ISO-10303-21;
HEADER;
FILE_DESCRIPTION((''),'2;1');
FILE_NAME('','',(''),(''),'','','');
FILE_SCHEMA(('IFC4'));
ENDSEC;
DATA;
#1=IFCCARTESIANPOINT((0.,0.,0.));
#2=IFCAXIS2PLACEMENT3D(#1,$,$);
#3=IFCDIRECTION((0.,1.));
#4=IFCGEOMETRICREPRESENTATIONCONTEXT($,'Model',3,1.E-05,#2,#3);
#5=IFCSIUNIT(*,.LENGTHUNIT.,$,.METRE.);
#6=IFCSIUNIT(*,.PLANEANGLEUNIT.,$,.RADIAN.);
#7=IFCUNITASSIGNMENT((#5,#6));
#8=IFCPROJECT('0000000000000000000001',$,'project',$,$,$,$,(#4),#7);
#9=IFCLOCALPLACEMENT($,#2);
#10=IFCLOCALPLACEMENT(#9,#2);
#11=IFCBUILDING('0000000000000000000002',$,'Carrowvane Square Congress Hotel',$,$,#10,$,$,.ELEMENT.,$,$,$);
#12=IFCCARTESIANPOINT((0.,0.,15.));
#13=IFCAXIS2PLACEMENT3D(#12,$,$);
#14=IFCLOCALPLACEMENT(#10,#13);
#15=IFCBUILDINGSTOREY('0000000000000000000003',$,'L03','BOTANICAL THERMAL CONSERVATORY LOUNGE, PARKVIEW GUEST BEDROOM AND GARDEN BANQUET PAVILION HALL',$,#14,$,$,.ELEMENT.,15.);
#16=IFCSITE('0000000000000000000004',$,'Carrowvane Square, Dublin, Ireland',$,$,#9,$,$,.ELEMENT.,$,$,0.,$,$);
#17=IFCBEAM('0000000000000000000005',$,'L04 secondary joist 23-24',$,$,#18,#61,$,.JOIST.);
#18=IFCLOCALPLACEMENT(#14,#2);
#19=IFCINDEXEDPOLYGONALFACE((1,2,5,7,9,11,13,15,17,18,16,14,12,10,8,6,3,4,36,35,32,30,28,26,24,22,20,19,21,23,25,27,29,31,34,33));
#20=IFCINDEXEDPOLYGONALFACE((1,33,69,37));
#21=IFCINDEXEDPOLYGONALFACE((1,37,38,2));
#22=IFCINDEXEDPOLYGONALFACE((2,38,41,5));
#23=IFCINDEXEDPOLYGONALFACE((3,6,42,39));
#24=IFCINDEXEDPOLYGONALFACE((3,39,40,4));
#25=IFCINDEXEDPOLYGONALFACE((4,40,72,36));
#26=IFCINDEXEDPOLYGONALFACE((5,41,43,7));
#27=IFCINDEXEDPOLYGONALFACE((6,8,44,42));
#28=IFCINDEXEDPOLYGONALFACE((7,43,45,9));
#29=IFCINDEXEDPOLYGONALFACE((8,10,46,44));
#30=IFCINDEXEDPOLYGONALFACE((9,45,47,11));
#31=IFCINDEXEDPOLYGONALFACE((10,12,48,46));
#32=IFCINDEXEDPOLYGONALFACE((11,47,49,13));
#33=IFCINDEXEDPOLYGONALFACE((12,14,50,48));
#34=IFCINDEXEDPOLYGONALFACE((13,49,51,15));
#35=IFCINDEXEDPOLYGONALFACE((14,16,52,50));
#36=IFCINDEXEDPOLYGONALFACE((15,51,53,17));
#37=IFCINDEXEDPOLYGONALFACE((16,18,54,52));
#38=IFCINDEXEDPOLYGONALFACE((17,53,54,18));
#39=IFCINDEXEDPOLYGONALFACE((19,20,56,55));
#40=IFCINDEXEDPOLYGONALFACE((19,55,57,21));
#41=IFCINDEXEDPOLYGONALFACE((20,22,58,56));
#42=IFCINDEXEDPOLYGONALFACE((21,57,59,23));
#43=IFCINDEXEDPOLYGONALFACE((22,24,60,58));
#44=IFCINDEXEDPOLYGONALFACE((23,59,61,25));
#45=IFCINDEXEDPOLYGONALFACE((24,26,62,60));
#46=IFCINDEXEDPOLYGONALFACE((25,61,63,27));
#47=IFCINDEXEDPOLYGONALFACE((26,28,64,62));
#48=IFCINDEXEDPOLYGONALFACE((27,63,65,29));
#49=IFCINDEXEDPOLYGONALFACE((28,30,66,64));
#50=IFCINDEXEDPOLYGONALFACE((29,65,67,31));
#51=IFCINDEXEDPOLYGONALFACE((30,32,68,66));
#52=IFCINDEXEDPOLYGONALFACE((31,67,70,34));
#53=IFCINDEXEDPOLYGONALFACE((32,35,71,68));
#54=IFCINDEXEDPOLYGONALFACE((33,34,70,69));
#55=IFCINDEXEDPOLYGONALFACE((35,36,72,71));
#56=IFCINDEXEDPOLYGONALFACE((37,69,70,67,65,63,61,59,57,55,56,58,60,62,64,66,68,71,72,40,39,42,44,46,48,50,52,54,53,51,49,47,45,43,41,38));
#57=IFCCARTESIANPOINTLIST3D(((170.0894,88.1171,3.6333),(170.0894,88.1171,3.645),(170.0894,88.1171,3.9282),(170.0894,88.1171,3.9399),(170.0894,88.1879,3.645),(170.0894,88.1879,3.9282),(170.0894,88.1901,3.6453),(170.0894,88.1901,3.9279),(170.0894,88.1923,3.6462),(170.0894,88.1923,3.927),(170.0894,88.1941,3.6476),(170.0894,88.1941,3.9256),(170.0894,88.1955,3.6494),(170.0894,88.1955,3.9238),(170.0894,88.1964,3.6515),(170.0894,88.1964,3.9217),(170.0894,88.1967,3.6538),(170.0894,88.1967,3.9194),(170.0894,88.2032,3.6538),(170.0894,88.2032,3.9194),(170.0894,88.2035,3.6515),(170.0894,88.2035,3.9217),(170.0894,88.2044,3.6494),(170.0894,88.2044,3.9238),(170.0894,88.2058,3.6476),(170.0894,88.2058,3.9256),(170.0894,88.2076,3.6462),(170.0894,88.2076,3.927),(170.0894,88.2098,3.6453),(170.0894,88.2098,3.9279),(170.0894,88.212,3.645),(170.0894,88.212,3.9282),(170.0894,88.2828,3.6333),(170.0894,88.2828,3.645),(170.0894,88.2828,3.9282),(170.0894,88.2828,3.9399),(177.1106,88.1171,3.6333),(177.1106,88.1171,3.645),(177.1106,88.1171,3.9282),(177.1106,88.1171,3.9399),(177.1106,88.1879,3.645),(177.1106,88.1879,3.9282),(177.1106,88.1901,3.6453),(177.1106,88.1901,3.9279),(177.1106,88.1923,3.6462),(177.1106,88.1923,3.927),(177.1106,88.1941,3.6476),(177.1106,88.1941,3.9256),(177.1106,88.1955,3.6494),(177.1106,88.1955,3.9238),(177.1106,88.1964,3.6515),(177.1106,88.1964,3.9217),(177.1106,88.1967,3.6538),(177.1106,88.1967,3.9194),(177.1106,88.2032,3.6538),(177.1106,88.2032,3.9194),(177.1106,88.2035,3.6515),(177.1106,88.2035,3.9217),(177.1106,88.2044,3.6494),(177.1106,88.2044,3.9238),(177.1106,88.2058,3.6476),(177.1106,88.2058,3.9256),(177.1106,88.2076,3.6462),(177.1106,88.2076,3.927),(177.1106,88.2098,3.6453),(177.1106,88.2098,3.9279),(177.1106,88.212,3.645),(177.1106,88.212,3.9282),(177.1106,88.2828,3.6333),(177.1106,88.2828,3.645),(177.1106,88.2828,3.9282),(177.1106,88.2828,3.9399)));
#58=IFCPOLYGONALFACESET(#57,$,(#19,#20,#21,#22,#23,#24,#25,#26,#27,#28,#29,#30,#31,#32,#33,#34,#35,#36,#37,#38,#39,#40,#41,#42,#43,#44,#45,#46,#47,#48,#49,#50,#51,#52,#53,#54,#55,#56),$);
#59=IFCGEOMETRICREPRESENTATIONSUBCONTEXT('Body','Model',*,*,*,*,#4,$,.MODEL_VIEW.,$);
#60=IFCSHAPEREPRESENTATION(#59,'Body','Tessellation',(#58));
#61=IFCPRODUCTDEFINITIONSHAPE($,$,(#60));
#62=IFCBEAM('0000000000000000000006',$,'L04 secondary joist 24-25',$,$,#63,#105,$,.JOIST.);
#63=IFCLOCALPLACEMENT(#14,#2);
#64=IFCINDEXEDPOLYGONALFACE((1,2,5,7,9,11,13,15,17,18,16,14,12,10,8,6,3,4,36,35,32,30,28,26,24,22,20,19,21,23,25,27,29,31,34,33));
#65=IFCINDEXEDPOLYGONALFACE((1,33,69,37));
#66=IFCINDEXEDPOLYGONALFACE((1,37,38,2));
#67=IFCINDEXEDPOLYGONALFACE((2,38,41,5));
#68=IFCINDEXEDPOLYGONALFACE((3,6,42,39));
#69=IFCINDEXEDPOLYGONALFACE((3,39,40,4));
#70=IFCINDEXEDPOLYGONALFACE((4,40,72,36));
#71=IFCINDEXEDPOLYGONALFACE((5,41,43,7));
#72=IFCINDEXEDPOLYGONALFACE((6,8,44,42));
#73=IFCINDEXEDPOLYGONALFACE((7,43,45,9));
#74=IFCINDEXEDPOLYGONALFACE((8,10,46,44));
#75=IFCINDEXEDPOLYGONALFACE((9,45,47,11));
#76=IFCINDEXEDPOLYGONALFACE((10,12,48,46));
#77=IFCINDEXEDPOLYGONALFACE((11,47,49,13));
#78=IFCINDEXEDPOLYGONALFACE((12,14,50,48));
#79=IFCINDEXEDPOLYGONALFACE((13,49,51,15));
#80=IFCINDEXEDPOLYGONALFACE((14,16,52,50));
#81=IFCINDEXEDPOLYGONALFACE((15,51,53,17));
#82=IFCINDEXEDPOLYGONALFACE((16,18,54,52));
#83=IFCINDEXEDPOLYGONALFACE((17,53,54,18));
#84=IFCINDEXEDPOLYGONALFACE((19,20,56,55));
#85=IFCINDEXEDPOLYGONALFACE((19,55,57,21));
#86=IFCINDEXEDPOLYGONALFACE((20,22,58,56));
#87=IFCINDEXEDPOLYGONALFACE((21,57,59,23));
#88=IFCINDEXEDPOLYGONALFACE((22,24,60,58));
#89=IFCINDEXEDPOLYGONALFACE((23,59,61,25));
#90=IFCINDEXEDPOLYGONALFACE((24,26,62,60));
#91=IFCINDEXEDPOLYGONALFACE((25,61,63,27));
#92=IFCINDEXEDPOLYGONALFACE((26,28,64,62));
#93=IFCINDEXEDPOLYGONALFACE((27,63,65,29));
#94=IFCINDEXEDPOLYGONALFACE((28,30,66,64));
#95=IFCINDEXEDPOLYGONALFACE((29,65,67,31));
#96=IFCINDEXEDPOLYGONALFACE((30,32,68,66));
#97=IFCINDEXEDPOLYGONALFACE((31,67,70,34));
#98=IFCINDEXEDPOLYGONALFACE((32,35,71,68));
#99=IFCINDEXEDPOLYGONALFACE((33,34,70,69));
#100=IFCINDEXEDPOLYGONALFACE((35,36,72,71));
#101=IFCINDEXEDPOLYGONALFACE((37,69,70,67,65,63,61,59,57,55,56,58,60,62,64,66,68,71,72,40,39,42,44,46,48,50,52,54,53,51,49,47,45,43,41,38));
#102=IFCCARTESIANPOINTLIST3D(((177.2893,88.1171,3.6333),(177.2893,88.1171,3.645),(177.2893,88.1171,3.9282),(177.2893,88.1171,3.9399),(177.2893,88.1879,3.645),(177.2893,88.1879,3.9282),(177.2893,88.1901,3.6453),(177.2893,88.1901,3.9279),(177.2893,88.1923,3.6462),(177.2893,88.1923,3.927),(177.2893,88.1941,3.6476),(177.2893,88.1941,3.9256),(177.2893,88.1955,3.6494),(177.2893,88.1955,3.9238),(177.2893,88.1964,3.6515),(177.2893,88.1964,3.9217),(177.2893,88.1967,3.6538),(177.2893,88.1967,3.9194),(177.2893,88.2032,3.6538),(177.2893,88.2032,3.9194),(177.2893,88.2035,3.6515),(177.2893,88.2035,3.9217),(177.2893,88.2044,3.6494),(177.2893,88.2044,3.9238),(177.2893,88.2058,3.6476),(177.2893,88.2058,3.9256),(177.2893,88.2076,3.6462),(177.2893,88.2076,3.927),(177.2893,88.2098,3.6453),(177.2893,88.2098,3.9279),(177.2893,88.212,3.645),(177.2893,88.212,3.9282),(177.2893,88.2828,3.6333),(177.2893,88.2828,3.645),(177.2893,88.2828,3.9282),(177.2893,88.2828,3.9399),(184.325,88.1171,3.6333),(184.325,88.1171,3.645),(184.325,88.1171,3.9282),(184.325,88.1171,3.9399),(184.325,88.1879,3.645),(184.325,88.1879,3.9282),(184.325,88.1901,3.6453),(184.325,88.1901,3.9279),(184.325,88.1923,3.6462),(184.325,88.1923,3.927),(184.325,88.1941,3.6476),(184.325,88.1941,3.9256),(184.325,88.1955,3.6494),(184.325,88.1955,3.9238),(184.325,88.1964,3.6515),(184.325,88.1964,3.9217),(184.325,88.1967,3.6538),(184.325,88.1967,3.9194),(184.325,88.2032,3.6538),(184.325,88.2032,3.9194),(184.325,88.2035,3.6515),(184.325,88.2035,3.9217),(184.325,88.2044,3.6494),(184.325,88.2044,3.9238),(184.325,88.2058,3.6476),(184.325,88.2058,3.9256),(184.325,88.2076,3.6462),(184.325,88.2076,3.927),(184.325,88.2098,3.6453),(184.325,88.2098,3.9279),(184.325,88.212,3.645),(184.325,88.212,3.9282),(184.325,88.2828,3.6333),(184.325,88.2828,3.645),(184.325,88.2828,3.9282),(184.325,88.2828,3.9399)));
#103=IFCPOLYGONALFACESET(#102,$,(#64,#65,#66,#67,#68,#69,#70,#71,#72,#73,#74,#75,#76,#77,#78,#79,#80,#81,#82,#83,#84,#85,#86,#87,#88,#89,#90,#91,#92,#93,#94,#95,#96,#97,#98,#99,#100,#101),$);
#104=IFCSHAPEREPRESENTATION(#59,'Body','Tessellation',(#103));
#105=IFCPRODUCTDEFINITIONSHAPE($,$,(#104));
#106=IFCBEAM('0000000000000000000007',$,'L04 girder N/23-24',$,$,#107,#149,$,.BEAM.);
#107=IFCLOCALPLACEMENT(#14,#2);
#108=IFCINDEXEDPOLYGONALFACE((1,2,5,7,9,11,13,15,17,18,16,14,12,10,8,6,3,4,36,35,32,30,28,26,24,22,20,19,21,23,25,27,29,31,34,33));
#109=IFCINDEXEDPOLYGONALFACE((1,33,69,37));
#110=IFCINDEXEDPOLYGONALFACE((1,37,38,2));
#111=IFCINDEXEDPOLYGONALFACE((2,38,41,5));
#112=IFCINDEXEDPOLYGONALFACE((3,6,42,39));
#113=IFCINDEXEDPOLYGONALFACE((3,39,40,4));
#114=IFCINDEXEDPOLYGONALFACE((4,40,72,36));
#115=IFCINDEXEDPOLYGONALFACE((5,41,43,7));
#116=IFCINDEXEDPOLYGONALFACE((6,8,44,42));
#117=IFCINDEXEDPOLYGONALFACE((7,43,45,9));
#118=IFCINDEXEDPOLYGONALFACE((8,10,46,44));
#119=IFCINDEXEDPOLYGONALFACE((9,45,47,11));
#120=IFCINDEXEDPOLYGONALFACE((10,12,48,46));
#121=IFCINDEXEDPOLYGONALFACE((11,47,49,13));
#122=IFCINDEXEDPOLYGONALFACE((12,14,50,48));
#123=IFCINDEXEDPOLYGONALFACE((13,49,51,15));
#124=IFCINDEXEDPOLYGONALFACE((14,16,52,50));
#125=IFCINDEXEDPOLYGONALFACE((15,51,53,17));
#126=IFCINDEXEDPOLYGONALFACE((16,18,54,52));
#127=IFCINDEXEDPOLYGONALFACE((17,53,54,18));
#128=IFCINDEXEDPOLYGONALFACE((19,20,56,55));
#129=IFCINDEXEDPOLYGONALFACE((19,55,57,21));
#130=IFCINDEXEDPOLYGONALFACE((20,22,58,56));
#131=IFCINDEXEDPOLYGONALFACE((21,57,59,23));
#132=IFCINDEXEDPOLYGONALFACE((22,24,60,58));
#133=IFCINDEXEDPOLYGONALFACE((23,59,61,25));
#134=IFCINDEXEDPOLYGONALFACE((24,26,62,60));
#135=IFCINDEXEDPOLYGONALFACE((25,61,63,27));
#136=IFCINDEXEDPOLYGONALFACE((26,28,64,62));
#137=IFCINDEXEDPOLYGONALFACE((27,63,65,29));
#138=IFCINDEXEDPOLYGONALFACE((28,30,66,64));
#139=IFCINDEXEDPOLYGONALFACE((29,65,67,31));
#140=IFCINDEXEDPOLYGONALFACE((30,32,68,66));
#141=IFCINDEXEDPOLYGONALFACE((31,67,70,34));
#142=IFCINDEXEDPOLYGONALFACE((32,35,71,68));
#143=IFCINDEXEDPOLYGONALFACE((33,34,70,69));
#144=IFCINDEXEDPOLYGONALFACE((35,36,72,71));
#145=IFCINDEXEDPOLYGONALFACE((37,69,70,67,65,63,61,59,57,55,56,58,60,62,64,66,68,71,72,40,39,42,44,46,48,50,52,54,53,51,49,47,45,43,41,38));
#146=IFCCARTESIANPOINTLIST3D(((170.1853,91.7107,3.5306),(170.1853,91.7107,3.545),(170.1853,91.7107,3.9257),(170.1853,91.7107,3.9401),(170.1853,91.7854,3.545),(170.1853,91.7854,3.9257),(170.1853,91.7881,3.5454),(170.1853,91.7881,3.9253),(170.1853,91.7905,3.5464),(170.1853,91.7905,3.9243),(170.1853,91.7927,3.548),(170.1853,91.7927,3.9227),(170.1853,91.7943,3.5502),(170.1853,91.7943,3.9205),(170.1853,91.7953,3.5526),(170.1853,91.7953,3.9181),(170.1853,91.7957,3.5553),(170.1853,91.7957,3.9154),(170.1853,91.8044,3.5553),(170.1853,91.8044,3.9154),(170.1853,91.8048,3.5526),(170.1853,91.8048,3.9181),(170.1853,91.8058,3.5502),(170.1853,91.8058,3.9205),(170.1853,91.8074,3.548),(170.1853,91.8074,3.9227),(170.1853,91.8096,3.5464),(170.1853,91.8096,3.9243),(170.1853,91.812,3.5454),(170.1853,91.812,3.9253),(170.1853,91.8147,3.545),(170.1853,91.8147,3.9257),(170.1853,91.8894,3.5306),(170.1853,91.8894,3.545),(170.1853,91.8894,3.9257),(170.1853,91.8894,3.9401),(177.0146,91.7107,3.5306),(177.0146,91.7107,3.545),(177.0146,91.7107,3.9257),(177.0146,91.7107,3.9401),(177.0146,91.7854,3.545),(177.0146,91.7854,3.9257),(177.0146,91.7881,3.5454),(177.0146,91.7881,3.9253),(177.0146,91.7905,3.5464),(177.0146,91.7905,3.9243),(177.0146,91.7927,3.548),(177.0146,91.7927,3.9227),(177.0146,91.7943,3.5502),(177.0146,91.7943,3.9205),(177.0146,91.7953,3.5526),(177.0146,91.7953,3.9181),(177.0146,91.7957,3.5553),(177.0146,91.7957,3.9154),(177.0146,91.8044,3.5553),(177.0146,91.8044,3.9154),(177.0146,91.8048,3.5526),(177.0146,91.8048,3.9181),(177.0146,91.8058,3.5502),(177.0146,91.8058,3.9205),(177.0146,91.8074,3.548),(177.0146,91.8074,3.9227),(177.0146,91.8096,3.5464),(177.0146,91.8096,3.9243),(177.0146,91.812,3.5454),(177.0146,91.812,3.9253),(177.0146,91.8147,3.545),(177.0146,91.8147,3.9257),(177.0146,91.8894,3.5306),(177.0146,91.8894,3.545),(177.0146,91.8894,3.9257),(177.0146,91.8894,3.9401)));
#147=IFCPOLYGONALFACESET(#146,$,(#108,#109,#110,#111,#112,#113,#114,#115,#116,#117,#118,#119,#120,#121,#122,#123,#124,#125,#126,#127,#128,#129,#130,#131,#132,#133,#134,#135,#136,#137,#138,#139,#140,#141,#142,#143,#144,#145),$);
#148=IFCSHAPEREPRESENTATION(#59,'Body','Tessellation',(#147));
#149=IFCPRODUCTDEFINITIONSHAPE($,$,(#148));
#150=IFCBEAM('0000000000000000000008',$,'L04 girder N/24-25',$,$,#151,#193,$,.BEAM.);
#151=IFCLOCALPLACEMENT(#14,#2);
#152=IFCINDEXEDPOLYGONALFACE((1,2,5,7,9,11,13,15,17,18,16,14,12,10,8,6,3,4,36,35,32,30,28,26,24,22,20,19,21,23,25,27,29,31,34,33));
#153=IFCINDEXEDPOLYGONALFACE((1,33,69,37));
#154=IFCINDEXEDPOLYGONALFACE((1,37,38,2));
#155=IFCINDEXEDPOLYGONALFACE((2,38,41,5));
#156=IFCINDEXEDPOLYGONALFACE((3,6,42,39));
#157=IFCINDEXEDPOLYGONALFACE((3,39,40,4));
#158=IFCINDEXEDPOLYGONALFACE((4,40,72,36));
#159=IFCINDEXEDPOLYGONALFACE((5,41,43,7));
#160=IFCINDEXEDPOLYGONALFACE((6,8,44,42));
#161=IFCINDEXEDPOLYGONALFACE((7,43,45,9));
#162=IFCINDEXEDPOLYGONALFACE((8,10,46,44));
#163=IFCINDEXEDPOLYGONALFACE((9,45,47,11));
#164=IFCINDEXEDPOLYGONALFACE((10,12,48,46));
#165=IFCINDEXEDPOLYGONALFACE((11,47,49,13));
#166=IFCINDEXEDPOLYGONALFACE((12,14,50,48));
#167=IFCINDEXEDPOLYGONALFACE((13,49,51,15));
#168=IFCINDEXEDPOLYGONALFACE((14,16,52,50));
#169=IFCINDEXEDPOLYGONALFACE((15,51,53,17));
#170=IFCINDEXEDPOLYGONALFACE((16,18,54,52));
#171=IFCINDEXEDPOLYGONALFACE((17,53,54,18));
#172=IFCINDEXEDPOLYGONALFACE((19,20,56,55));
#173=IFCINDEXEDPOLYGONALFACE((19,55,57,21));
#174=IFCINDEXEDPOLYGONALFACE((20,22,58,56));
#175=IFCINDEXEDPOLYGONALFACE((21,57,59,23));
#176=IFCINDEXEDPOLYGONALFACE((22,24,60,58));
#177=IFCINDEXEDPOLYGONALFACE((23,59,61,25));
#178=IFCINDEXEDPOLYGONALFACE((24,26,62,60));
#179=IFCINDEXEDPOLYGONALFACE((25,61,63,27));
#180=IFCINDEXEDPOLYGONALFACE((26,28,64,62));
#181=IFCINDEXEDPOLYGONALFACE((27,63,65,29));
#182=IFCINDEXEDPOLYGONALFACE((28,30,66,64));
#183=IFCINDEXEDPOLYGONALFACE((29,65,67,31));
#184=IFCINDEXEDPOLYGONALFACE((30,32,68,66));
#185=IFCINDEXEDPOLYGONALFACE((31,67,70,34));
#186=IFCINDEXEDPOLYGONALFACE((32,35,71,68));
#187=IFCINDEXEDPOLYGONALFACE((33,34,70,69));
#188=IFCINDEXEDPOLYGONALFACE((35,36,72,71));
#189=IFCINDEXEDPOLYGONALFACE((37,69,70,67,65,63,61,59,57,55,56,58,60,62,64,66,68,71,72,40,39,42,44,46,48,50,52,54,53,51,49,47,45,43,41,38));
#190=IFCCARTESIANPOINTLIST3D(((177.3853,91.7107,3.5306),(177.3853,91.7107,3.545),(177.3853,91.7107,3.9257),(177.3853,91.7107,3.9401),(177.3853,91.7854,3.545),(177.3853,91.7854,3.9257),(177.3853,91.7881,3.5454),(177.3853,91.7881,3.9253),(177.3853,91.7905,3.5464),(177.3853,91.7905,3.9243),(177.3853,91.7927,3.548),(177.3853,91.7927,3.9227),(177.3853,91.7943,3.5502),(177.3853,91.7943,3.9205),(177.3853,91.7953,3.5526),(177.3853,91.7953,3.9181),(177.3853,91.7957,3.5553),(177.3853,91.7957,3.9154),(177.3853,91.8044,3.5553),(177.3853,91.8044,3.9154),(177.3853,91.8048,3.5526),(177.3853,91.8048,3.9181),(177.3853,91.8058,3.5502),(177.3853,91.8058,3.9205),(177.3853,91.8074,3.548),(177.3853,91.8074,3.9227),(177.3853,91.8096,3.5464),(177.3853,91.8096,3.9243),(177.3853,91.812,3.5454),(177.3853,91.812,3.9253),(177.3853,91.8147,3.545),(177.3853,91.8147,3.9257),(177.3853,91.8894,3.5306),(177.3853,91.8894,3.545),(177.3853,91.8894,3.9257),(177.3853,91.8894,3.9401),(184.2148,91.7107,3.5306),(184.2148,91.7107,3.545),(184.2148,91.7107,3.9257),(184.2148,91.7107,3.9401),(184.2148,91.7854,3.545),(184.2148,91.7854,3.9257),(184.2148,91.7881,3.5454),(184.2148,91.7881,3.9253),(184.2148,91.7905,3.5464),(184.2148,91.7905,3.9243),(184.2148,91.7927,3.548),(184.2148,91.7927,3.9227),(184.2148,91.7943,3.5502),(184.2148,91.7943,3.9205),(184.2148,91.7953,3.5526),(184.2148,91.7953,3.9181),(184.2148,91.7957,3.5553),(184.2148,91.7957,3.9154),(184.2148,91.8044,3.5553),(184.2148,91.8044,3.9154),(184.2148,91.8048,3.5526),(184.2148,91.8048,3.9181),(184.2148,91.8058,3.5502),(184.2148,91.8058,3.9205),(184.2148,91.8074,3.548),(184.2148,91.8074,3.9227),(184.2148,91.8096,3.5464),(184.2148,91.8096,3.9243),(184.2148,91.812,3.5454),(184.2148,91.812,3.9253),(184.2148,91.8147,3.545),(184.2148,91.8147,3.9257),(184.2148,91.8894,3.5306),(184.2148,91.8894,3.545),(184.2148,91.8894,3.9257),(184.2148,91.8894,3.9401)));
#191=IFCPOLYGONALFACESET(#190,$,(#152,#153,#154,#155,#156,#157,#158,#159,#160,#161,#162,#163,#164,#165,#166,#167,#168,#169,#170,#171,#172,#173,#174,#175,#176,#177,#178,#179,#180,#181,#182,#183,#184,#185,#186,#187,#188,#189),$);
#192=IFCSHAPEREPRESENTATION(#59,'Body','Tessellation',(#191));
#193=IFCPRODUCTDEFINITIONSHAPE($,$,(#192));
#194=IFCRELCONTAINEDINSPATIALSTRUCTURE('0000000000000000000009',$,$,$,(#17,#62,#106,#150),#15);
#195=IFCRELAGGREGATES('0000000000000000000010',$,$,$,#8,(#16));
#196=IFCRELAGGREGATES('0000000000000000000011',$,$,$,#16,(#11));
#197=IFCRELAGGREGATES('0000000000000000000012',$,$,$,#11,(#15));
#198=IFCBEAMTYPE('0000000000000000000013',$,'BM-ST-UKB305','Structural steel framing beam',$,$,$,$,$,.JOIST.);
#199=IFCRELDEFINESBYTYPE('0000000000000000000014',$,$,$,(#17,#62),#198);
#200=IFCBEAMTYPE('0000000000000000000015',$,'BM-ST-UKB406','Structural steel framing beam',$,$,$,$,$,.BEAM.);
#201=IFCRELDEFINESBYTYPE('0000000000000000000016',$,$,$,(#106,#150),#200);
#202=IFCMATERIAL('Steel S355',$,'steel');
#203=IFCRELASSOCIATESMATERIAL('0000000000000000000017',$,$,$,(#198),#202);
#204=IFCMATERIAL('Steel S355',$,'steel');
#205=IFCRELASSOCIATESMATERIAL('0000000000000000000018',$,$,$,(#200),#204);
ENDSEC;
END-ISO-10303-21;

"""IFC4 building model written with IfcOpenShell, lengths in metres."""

from ifc_helpers import new_model, si_unit, direction, frame, origin, origin_2d, place, context, subcontext, project, spatial, i_section, extrude, material, material_profile, profile_set, type_object, element, save


model = new_model("IFC4")

# Units and contexts
model_context = context("Model", 3, precision=1e-05, world=origin(), true_north=direction((0.0, 1.0)))
body_context = subcontext(model_context, "Body", "Model", "MODEL_VIEW")
ifc_project = project(units=[si_unit("LENGTHUNIT", "METRE"), si_unit("PLANEANGLEUNIT", "RADIAN")], contexts=[model_context])

# Site, building, storey
site_placement = place(None, origin())
site = spatial("IfcSite", under=ifc_project, at=site_placement, Name="Carrowvane Square, Dublin, Ireland", CompositionType="ELEMENT", RefElevation=0.0)
building_placement = place(site_placement, origin())
building = spatial("IfcBuilding", under=site, at=building_placement, Name="Carrowvane Square Congress Hotel", CompositionType="ELEMENT")
storey_placement = place(building_placement, frame((0.0, 0.0, 15.0)))
storey = spatial("IfcBuildingStorey", under=building, at=storey_placement, Name="L03", Description="BOTANICAL THERMAL CONSERVATORY LOUNGE, PARKVIEW GUEST BEDROOM AND GARDEN BANQUET PAVILION HALL", CompositionType="ELEMENT", Elevation=15.0)

# Beams
ifc_material_1 = material(Name="Steel S355", Category="steel")
ifc_material_profile_1 = material_profile(ifc_material_1, i_section(OverallWidth=0.1658, OverallDepth=0.3066, WebThickness=0.0066, FlangeThickness=0.0117, FilletRadius=0.0088, at=origin_2d()), Name="UKB 305x165x46")
ifc_profile_set_1 = profile_set([ifc_material_profile_1], Name="Steel S355")
beam_type_1 = type_object("IfcBeamType", Name="BM-ST-UKB305", Description="Structural steel framing beam", PredefinedType="JOIST", material=ifc_profile_set_1)
beam_1_placement = place(storey_placement, frame((170.0894, 88.2, 3.7866), z_axis=(1.0, 0.0, 0.0), x_axis=(0.0, 1.0, 0.0)))
element("IfcBeam", 1, at=beam_1_placement, inside=storey, type_object=beam_type_1, Name="L04 secondary joist 23-24", PredefinedType="JOIST", context=body_context, shape_type="SweptSolid", body=[
    extrude(i_section(OverallWidth=0.1658, OverallDepth=0.3066, WebThickness=0.0066, FlangeThickness=0.0117, FilletRadius=0.0088, at=origin_2d()), origin(), (0.0, 0.0, 1.0), 7.0212),
])
beam_2_placement = place(storey_placement, frame((177.2893, 88.2, 3.7866), z_axis=(1.0, 0.0, 0.0), x_axis=(0.0, 1.0, 0.0)))
element("IfcBeam", 2, at=beam_2_placement, inside=storey, type_object=beam_type_1, Name="L04 secondary joist 24-25", PredefinedType="JOIST", context=body_context, shape_type="SweptSolid", body=[
    extrude(i_section(OverallWidth=0.1658, OverallDepth=0.3066, WebThickness=0.0066, FlangeThickness=0.0117, FilletRadius=0.0088, at=origin_2d()), origin(), (0.0, 0.0, 1.0), 7.0356),
])
ifc_material_2 = material(Name="Steel S355", Category="steel")
ifc_material_profile_2 = material_profile(ifc_material_2, i_section(OverallWidth=0.1787, OverallDepth=0.4094, WebThickness=0.0088, FlangeThickness=0.0144, FilletRadius=0.0103, at=origin_2d()), Name="UKB 406x178x67")
ifc_profile_set_2 = profile_set([ifc_material_profile_2], Name="Steel S355")
beam_type_2 = type_object("IfcBeamType", Name="BM-ST-UKB406", Description="Structural steel framing beam", PredefinedType="BEAM", material=ifc_profile_set_2)
beam_3_placement = place(storey_placement, frame((170.1853, 91.8, 3.7354), z_axis=(1.0, 0.0, 0.0), x_axis=(0.0, 1.0, 0.0)))
element("IfcBeam", 3, at=beam_3_placement, inside=storey, type_object=beam_type_2, Name="L04 girder N/23-24", PredefinedType="BEAM", context=body_context, shape_type="SweptSolid", body=[
    extrude(i_section(OverallWidth=0.1787, OverallDepth=0.4094, WebThickness=0.0088, FlangeThickness=0.0144, FilletRadius=0.0103, at=origin_2d()), origin(), (0.0, 0.0, 1.0), 6.8293),
])
beam_4_placement = place(storey_placement, frame((177.3853, 91.8, 3.7354), z_axis=(1.0, 0.0, 0.0), x_axis=(0.0, 1.0, 0.0)))
element("IfcBeam", 4, at=beam_4_placement, inside=storey, type_object=beam_type_2, Name="L04 girder N/24-25", PredefinedType="BEAM", context=body_context, shape_type="SweptSolid", body=[
    extrude(i_section(OverallWidth=0.1787, OverallDepth=0.4094, WebThickness=0.0088, FlangeThickness=0.0144, FilletRadius=0.0103, at=origin_2d()), origin(), (0.0, 0.0, 1.0), 6.8296),
])

save(model, "model.ifc")
